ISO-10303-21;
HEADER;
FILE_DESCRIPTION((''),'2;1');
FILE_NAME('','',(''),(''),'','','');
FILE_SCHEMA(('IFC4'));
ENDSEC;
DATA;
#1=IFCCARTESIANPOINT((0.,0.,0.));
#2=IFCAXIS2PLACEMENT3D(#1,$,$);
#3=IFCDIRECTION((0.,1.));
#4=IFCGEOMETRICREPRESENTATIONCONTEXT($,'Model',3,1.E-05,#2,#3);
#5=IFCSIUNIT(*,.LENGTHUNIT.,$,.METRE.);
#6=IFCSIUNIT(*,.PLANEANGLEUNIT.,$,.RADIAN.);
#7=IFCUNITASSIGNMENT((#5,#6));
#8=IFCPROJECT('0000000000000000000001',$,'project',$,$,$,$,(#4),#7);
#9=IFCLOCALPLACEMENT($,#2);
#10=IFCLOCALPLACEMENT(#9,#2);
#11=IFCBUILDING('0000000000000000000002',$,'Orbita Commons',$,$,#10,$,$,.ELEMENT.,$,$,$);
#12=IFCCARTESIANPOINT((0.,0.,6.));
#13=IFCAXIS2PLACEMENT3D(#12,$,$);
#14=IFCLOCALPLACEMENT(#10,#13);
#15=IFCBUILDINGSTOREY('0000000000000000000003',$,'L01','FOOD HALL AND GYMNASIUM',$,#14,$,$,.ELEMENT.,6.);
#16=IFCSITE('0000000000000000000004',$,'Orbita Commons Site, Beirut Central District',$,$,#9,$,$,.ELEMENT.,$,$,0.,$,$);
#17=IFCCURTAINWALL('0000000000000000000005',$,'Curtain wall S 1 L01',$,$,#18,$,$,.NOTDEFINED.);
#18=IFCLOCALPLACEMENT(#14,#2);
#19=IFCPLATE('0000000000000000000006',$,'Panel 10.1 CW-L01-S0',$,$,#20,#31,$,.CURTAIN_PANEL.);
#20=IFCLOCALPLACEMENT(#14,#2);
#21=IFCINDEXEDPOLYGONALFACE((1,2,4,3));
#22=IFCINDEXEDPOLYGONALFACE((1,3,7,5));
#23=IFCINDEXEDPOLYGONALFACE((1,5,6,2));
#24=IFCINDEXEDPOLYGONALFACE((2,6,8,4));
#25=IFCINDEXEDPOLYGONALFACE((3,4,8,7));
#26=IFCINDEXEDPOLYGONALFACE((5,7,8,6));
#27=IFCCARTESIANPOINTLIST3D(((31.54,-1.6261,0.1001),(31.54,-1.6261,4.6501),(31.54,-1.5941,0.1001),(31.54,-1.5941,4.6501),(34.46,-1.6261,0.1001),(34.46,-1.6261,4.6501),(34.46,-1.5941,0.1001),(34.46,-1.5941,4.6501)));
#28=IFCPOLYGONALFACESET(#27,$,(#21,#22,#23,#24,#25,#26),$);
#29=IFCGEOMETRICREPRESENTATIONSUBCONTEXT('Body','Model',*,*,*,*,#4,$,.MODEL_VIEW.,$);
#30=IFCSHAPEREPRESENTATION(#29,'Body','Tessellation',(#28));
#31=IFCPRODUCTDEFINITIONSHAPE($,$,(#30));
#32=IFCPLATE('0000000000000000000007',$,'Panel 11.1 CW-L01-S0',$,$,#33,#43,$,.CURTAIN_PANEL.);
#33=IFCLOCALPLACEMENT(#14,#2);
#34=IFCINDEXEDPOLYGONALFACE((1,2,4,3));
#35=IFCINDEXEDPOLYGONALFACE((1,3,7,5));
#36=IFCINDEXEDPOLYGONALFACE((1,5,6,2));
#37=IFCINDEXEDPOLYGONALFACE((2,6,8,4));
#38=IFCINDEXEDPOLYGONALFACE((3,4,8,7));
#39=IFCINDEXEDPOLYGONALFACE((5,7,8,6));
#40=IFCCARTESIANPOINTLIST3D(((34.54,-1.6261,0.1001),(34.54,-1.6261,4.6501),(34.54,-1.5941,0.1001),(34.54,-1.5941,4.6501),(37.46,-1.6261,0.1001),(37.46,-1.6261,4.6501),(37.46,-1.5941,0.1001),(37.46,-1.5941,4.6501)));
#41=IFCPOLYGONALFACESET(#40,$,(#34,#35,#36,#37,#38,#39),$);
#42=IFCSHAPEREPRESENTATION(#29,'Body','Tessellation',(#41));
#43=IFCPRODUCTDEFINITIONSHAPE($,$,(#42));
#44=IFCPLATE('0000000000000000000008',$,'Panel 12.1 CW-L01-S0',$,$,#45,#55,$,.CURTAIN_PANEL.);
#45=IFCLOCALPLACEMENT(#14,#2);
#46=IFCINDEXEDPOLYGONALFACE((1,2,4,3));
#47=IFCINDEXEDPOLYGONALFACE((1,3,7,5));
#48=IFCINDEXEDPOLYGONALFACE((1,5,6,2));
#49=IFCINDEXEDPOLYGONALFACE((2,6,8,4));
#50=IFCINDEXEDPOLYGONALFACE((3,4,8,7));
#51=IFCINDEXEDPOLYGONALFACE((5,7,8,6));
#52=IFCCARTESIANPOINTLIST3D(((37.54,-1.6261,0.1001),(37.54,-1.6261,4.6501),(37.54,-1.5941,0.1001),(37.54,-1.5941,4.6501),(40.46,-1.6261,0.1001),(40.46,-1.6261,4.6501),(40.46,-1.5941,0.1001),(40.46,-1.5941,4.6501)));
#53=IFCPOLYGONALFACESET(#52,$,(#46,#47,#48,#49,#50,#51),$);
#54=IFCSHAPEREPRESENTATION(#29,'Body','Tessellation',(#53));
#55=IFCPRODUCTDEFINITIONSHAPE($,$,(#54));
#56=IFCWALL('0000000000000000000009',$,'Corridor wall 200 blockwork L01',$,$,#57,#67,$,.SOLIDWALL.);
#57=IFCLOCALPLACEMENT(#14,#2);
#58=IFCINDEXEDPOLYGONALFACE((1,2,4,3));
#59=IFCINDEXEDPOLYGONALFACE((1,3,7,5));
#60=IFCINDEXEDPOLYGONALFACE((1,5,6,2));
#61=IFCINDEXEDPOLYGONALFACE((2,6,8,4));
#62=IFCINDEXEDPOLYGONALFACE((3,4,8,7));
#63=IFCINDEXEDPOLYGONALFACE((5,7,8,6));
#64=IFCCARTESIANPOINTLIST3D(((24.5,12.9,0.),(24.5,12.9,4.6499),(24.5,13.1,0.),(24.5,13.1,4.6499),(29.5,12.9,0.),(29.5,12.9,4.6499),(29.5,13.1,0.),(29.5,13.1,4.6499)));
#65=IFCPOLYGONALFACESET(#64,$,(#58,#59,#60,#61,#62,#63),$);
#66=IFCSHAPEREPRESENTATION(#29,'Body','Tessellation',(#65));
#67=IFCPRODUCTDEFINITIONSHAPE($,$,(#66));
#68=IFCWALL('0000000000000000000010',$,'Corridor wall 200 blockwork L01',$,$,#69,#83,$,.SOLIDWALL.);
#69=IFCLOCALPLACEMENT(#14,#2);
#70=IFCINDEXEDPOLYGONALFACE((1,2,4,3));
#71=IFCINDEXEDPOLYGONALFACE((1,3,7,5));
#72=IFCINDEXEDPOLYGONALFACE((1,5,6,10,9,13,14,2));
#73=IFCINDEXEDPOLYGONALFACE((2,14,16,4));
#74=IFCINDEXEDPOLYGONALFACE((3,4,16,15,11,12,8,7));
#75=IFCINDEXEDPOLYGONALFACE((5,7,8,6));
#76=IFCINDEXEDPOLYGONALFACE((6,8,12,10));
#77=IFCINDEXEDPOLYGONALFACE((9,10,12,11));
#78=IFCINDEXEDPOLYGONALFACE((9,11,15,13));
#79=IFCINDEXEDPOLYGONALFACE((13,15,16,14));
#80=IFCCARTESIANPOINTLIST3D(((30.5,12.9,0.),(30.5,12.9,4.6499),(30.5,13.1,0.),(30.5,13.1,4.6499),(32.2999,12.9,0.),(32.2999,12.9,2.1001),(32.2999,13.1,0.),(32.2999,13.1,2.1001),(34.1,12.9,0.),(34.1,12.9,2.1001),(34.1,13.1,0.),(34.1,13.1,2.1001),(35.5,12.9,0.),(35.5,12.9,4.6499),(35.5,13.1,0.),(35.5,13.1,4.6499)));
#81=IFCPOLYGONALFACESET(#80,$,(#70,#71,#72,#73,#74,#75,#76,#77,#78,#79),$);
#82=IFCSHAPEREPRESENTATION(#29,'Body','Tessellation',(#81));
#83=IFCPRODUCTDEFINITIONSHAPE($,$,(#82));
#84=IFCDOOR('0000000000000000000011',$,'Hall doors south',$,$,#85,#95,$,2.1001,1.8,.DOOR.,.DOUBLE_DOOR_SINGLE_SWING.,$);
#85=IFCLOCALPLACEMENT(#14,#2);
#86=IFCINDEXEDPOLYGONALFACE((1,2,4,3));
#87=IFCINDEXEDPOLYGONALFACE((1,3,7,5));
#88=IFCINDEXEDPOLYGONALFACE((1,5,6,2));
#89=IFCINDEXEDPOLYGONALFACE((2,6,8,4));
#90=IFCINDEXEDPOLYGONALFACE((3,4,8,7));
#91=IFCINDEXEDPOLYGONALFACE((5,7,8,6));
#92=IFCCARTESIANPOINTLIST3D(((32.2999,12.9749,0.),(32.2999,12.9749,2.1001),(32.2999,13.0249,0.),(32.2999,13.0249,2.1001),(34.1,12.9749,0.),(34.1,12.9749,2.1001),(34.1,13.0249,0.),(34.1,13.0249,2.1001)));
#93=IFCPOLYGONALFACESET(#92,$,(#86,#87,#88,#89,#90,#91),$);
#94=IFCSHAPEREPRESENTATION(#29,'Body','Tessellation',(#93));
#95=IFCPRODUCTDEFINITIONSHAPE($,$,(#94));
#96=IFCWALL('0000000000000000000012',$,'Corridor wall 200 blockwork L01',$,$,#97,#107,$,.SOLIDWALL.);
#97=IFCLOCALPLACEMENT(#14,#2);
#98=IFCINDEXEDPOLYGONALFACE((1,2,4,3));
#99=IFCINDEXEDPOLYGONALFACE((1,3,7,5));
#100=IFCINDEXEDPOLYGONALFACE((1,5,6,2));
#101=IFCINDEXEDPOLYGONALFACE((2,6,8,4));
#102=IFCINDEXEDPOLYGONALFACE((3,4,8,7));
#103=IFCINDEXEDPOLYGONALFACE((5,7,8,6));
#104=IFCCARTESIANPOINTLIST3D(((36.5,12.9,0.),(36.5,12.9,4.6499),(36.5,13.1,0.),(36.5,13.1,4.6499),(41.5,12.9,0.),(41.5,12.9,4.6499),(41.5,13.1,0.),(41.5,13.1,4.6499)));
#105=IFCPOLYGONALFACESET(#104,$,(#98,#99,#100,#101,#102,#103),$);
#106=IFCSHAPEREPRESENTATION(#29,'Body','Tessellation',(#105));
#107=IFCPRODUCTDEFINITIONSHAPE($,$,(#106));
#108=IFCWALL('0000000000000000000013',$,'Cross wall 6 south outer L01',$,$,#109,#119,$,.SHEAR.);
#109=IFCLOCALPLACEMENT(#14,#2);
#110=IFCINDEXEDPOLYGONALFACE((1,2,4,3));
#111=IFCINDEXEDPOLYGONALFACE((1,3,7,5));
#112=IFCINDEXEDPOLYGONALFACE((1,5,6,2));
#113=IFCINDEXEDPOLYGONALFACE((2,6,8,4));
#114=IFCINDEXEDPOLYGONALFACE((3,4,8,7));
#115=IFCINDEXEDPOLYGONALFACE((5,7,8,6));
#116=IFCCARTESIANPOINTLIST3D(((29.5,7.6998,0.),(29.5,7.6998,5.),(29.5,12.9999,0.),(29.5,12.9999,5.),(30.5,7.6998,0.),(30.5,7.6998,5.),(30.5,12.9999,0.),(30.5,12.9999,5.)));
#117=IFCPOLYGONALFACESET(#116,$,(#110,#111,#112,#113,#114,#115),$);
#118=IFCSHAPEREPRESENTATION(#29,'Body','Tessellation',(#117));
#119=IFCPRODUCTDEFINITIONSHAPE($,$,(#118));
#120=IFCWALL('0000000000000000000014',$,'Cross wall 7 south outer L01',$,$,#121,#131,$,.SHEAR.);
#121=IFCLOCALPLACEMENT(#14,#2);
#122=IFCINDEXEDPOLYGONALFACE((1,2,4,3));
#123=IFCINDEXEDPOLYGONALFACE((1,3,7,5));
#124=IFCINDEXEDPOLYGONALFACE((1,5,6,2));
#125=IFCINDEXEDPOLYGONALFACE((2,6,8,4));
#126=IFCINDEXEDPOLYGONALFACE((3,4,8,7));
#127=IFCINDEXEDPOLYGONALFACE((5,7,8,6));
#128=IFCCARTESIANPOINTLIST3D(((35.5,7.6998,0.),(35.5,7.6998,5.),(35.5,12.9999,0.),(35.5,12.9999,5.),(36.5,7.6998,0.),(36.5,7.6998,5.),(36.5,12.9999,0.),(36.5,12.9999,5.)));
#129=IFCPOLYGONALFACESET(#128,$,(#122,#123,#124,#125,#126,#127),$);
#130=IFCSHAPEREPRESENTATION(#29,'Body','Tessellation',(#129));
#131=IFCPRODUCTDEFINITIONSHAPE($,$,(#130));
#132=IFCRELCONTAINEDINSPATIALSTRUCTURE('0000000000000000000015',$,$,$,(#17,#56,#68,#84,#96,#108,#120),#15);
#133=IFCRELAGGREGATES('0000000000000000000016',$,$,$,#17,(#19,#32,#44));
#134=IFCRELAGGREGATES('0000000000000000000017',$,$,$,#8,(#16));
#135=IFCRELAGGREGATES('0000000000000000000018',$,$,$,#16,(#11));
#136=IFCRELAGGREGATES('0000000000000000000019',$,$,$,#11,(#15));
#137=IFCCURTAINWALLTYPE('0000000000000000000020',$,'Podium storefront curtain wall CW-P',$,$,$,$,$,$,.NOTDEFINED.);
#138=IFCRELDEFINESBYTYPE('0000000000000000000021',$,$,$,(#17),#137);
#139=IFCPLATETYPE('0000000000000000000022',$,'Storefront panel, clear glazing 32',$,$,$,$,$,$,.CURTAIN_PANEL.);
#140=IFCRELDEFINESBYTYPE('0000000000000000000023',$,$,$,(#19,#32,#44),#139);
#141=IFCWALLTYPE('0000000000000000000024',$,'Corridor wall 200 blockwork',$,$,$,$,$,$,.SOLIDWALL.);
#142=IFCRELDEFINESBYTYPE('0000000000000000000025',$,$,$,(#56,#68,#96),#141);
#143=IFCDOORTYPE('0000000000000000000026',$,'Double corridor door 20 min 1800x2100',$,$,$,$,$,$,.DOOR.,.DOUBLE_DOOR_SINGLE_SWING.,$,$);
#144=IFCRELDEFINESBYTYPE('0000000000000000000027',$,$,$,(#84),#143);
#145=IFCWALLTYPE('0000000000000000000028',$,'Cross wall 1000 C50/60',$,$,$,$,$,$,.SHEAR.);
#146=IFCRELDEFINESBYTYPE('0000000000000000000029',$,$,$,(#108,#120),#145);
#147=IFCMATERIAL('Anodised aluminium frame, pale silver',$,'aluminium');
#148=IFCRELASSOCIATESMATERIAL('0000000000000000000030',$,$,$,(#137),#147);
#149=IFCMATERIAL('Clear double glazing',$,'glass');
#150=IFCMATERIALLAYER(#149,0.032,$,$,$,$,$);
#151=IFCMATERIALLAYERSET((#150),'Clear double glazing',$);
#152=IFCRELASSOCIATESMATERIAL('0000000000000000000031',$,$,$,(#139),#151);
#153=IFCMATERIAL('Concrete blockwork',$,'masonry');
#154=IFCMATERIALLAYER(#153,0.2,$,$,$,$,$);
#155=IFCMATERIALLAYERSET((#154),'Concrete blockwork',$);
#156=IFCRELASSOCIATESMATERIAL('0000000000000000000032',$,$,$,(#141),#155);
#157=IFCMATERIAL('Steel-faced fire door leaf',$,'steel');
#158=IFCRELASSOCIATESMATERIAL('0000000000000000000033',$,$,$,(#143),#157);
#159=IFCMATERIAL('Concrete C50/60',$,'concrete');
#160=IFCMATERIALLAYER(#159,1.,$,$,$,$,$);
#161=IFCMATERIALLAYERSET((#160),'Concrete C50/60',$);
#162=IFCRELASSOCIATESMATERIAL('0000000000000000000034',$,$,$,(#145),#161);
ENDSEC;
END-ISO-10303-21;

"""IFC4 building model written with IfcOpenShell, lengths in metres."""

from ifc_helpers import new_model, si_unit, direction, frame, frame_2d, origin, origin_2d, place, context, subcontext, project, spatial, rectangle, extrude, material, layer, layer_set, type_object, element, fill, aggregate, save


model = new_model("IFC4")

# Units and contexts
model_context = context("Model", 3, precision=1e-05, world=origin(), true_north=direction((0.0, 1.0)))
body_context = subcontext(model_context, "Body", "Model", "MODEL_VIEW")
ifc_project = project(units=[si_unit("LENGTHUNIT", "METRE"), si_unit("PLANEANGLEUNIT", "RADIAN")], contexts=[model_context])

# Site, building, storey
site_placement = place(None, origin())
site = spatial("IfcSite", under=ifc_project, at=site_placement, Name="Orbita Commons Site, Beirut Central District", CompositionType="ELEMENT", RefElevation=0.0)
building_placement = place(site_placement, origin())
building = spatial("IfcBuilding", under=site, at=building_placement, Name="Orbita Commons", CompositionType="ELEMENT")
storey_placement = place(building_placement, frame((0.0, 0.0, 6.0)))
storey = spatial("IfcBuildingStorey", under=building, at=storey_placement, Name="L01", Description="FOOD HALL AND GYMNASIUM", CompositionType="ELEMENT", Elevation=6.0)

# Curtain wall
ifc_material_1 = material(Name="Anodised aluminium frame, pale silver", Category="aluminium")
curtain_wall_type = type_object("IfcCurtainWallType", Name="Podium storefront curtain wall CW-P", PredefinedType="NOTDEFINED", material=ifc_material_1)
curtain_wall_placement = place(storey_placement, origin())
curtain_wall = element("IfcCurtainWall", 1, at=curtain_wall_placement, inside=storey, type_object=curtain_wall_type, Name="Curtain wall S 1 L01", PredefinedType="NOTDEFINED")

# Plates
ifc_material_2 = material(Name="Clear double glazing", Category="glass")
ifc_layer_1 = layer(ifc_material_2, 0.032)
ifc_layer_set_1 = layer_set([ifc_layer_1], Name="Clear double glazing")
plate_type = type_object("IfcPlateType", Name="Storefront panel, clear glazing 32", PredefinedType="CURTAIN_PANEL", material=ifc_layer_set_1)
plate_1_placement = place(storey_placement, frame((33.0, -1.6101, 0.1001), z_axis=(0.0, 0.0, 1.0), x_axis=(1.0, 0.0, 0.0)))
plate_1 = element("IfcPlate", 2, at=plate_1_placement, type_object=plate_type, Name="Panel 10.1 CW-L01-S0", PredefinedType="CURTAIN_PANEL", context=body_context, shape_type="SweptSolid", body=[
    extrude(rectangle(XDim=2.9199, YDim=0.032, at=origin_2d()), origin(), (0.0, 0.0, 1.0), 4.55),
])
plate_2_placement = place(storey_placement, frame((36.0, -1.6101, 0.1001), z_axis=(0.0, 0.0, 1.0), x_axis=(1.0, 0.0, 0.0)))
plate_2 = element("IfcPlate", 3, at=plate_2_placement, type_object=plate_type, Name="Panel 11.1 CW-L01-S0", PredefinedType="CURTAIN_PANEL", context=body_context, shape_type="SweptSolid", body=[
    extrude(rectangle(XDim=2.9199, YDim=0.032, at=origin_2d()), origin(), (0.0, 0.0, 1.0), 4.55),
])
plate_3_placement = place(storey_placement, frame((39.0, -1.6101, 0.1001), z_axis=(0.0, 0.0, 1.0), x_axis=(1.0, 0.0, 0.0)))
plate_3 = element("IfcPlate", 4, at=plate_3_placement, type_object=plate_type, Name="Panel 12.1 CW-L01-S0", PredefinedType="CURTAIN_PANEL", context=body_context, shape_type="SweptSolid", body=[
    extrude(rectangle(XDim=2.9199, YDim=0.032, at=origin_2d()), origin(), (0.0, 0.0, 1.0), 4.55),
])
aggregate(curtain_wall, [plate_1, plate_2, plate_3])

# Wall
ifc_material_3 = material(Name="Concrete blockwork", Category="masonry")
ifc_layer_2 = layer(ifc_material_3, 0.2)
ifc_layer_set_2 = layer_set([ifc_layer_2], Name="Concrete blockwork")
wall_type_1 = type_object("IfcWallType", Name="Corridor wall 200 blockwork", PredefinedType="SOLIDWALL", material=ifc_layer_set_2)
wall_1_placement = place(storey_placement, frame((24.5, 13.0, 0.0), z_axis=(0.0, 0.0, 1.0), x_axis=(1.0, 0.0, 0.0)))
element("IfcWall", 5, at=wall_1_placement, inside=storey, type_object=wall_type_1, Name="Corridor wall 200 blockwork L01", PredefinedType="SOLIDWALL", context=body_context, shape_type="SweptSolid", body=[
    extrude(rectangle(XDim=5.0, YDim=0.2, at=frame_2d((2.5, 0.0))), origin(), (0.0, 0.0, 1.0), 4.6499),
])

# Wall, opening, door
wall_2_placement = place(storey_placement, frame((30.5, 13.0, 0.0), z_axis=(0.0, 0.0, 1.0), x_axis=(1.0, 0.0, 0.0)))
wall_2 = element("IfcWall", 6, at=wall_2_placement, inside=storey, type_object=wall_type_1, Name="Corridor wall 200 blockwork L01", PredefinedType="SOLIDWALL", context=body_context, shape_type="SweptSolid", body=[
    extrude(rectangle(XDim=5.0, YDim=0.2, at=frame_2d((2.5, 0.0))), origin(), (0.0, 0.0, 1.0), 4.6499),
])
opening_placement = place(wall_2_placement, frame((1.8, 0.0, 0.0)))
opening = element("IfcOpeningElement", 7, at=opening_placement, cuts=wall_2, PredefinedType="OPENING", context=body_context, shape_type="SweptSolid", body=[
    extrude(rectangle(XDim=1.8, YDim=2.1001, at=frame_2d((0.8999, 1.05))), frame((0.0, 0.1099, 0.0), z_axis=(0.0, -1.0, 0.0), x_axis=(1.0, 0.0, 0.0)), (0.0, 0.0, 1.0), 0.22),
])
ifc_material_4 = material(Name="Steel-faced fire door leaf", Category="steel")
door_type = type_object("IfcDoorType", Name="Double corridor door 20 min 1800x2100", OperationType="DOUBLE_DOOR_SINGLE_SWING", PredefinedType="DOOR", material=ifc_material_4)
door_placement = place(opening_placement, origin())
door = element("IfcDoor", 8, at=door_placement, inside=storey, type_object=door_type, Name="Hall doors south", OperationType="DOUBLE_DOOR_SINGLE_SWING", OverallHeight=2.1001, OverallWidth=1.8, PredefinedType="DOOR", context=body_context, shape_type="SweptSolid", body=[
    extrude(rectangle(XDim=1.8, YDim=2.1001, at=frame_2d((0.8999, 1.05))), frame((0.0, 0.0249, 0.0), z_axis=(0.0, -1.0, 0.0), x_axis=(1.0, 0.0, 0.0)), (0.0, 0.0, 1.0), 0.05),
])
fill(opening, door)

# Walls
wall_3_placement = place(storey_placement, frame((36.5, 13.0, 0.0), z_axis=(0.0, 0.0, 1.0), x_axis=(1.0, 0.0, 0.0)))
element("IfcWall", 9, at=wall_3_placement, inside=storey, type_object=wall_type_1, Name="Corridor wall 200 blockwork L01", PredefinedType="SOLIDWALL", context=body_context, shape_type="SweptSolid", body=[
    extrude(rectangle(XDim=5.0, YDim=0.2, at=frame_2d((2.5, 0.0))), origin(), (0.0, 0.0, 1.0), 4.6499),
])
ifc_material_5 = material(Name="Concrete C50/60", Category="concrete")
ifc_layer_3 = layer(ifc_material_5, 1.0)
ifc_layer_set_3 = layer_set([ifc_layer_3], Name="Concrete C50/60")
wall_type_2 = type_object("IfcWallType", Name="Cross wall 1000 C50/60", PredefinedType="SHEAR", material=ifc_layer_set_3)
for number, where, z_axis, x_axis, name in (
    (10, (30.0, 7.7, 0.0), (0.0, 0.0, 1.0), (0.0, 1.0, 0.0), "Cross wall 6 south outer L01"),
    (11, (36.0, 7.7, 0.0), (0.0, 0.0, 1.0), (0.0, 1.0, 0.0), "Cross wall 7 south outer L01"),
):
    element("IfcWall", number, at=place(storey_placement, frame(where, z_axis=z_axis, x_axis=x_axis)), inside=storey, type_object=wall_type_2, Name=name, PredefinedType="SHEAR", context=body_context, shape_type="SweptSolid", body=[
        extrude(rectangle(XDim=5.3, YDim=1.0, at=frame_2d((2.6499, 0.0))), origin(), (0.0, 0.0, 1.0), 5.0),
    ])

save(model, "model.ifc")
